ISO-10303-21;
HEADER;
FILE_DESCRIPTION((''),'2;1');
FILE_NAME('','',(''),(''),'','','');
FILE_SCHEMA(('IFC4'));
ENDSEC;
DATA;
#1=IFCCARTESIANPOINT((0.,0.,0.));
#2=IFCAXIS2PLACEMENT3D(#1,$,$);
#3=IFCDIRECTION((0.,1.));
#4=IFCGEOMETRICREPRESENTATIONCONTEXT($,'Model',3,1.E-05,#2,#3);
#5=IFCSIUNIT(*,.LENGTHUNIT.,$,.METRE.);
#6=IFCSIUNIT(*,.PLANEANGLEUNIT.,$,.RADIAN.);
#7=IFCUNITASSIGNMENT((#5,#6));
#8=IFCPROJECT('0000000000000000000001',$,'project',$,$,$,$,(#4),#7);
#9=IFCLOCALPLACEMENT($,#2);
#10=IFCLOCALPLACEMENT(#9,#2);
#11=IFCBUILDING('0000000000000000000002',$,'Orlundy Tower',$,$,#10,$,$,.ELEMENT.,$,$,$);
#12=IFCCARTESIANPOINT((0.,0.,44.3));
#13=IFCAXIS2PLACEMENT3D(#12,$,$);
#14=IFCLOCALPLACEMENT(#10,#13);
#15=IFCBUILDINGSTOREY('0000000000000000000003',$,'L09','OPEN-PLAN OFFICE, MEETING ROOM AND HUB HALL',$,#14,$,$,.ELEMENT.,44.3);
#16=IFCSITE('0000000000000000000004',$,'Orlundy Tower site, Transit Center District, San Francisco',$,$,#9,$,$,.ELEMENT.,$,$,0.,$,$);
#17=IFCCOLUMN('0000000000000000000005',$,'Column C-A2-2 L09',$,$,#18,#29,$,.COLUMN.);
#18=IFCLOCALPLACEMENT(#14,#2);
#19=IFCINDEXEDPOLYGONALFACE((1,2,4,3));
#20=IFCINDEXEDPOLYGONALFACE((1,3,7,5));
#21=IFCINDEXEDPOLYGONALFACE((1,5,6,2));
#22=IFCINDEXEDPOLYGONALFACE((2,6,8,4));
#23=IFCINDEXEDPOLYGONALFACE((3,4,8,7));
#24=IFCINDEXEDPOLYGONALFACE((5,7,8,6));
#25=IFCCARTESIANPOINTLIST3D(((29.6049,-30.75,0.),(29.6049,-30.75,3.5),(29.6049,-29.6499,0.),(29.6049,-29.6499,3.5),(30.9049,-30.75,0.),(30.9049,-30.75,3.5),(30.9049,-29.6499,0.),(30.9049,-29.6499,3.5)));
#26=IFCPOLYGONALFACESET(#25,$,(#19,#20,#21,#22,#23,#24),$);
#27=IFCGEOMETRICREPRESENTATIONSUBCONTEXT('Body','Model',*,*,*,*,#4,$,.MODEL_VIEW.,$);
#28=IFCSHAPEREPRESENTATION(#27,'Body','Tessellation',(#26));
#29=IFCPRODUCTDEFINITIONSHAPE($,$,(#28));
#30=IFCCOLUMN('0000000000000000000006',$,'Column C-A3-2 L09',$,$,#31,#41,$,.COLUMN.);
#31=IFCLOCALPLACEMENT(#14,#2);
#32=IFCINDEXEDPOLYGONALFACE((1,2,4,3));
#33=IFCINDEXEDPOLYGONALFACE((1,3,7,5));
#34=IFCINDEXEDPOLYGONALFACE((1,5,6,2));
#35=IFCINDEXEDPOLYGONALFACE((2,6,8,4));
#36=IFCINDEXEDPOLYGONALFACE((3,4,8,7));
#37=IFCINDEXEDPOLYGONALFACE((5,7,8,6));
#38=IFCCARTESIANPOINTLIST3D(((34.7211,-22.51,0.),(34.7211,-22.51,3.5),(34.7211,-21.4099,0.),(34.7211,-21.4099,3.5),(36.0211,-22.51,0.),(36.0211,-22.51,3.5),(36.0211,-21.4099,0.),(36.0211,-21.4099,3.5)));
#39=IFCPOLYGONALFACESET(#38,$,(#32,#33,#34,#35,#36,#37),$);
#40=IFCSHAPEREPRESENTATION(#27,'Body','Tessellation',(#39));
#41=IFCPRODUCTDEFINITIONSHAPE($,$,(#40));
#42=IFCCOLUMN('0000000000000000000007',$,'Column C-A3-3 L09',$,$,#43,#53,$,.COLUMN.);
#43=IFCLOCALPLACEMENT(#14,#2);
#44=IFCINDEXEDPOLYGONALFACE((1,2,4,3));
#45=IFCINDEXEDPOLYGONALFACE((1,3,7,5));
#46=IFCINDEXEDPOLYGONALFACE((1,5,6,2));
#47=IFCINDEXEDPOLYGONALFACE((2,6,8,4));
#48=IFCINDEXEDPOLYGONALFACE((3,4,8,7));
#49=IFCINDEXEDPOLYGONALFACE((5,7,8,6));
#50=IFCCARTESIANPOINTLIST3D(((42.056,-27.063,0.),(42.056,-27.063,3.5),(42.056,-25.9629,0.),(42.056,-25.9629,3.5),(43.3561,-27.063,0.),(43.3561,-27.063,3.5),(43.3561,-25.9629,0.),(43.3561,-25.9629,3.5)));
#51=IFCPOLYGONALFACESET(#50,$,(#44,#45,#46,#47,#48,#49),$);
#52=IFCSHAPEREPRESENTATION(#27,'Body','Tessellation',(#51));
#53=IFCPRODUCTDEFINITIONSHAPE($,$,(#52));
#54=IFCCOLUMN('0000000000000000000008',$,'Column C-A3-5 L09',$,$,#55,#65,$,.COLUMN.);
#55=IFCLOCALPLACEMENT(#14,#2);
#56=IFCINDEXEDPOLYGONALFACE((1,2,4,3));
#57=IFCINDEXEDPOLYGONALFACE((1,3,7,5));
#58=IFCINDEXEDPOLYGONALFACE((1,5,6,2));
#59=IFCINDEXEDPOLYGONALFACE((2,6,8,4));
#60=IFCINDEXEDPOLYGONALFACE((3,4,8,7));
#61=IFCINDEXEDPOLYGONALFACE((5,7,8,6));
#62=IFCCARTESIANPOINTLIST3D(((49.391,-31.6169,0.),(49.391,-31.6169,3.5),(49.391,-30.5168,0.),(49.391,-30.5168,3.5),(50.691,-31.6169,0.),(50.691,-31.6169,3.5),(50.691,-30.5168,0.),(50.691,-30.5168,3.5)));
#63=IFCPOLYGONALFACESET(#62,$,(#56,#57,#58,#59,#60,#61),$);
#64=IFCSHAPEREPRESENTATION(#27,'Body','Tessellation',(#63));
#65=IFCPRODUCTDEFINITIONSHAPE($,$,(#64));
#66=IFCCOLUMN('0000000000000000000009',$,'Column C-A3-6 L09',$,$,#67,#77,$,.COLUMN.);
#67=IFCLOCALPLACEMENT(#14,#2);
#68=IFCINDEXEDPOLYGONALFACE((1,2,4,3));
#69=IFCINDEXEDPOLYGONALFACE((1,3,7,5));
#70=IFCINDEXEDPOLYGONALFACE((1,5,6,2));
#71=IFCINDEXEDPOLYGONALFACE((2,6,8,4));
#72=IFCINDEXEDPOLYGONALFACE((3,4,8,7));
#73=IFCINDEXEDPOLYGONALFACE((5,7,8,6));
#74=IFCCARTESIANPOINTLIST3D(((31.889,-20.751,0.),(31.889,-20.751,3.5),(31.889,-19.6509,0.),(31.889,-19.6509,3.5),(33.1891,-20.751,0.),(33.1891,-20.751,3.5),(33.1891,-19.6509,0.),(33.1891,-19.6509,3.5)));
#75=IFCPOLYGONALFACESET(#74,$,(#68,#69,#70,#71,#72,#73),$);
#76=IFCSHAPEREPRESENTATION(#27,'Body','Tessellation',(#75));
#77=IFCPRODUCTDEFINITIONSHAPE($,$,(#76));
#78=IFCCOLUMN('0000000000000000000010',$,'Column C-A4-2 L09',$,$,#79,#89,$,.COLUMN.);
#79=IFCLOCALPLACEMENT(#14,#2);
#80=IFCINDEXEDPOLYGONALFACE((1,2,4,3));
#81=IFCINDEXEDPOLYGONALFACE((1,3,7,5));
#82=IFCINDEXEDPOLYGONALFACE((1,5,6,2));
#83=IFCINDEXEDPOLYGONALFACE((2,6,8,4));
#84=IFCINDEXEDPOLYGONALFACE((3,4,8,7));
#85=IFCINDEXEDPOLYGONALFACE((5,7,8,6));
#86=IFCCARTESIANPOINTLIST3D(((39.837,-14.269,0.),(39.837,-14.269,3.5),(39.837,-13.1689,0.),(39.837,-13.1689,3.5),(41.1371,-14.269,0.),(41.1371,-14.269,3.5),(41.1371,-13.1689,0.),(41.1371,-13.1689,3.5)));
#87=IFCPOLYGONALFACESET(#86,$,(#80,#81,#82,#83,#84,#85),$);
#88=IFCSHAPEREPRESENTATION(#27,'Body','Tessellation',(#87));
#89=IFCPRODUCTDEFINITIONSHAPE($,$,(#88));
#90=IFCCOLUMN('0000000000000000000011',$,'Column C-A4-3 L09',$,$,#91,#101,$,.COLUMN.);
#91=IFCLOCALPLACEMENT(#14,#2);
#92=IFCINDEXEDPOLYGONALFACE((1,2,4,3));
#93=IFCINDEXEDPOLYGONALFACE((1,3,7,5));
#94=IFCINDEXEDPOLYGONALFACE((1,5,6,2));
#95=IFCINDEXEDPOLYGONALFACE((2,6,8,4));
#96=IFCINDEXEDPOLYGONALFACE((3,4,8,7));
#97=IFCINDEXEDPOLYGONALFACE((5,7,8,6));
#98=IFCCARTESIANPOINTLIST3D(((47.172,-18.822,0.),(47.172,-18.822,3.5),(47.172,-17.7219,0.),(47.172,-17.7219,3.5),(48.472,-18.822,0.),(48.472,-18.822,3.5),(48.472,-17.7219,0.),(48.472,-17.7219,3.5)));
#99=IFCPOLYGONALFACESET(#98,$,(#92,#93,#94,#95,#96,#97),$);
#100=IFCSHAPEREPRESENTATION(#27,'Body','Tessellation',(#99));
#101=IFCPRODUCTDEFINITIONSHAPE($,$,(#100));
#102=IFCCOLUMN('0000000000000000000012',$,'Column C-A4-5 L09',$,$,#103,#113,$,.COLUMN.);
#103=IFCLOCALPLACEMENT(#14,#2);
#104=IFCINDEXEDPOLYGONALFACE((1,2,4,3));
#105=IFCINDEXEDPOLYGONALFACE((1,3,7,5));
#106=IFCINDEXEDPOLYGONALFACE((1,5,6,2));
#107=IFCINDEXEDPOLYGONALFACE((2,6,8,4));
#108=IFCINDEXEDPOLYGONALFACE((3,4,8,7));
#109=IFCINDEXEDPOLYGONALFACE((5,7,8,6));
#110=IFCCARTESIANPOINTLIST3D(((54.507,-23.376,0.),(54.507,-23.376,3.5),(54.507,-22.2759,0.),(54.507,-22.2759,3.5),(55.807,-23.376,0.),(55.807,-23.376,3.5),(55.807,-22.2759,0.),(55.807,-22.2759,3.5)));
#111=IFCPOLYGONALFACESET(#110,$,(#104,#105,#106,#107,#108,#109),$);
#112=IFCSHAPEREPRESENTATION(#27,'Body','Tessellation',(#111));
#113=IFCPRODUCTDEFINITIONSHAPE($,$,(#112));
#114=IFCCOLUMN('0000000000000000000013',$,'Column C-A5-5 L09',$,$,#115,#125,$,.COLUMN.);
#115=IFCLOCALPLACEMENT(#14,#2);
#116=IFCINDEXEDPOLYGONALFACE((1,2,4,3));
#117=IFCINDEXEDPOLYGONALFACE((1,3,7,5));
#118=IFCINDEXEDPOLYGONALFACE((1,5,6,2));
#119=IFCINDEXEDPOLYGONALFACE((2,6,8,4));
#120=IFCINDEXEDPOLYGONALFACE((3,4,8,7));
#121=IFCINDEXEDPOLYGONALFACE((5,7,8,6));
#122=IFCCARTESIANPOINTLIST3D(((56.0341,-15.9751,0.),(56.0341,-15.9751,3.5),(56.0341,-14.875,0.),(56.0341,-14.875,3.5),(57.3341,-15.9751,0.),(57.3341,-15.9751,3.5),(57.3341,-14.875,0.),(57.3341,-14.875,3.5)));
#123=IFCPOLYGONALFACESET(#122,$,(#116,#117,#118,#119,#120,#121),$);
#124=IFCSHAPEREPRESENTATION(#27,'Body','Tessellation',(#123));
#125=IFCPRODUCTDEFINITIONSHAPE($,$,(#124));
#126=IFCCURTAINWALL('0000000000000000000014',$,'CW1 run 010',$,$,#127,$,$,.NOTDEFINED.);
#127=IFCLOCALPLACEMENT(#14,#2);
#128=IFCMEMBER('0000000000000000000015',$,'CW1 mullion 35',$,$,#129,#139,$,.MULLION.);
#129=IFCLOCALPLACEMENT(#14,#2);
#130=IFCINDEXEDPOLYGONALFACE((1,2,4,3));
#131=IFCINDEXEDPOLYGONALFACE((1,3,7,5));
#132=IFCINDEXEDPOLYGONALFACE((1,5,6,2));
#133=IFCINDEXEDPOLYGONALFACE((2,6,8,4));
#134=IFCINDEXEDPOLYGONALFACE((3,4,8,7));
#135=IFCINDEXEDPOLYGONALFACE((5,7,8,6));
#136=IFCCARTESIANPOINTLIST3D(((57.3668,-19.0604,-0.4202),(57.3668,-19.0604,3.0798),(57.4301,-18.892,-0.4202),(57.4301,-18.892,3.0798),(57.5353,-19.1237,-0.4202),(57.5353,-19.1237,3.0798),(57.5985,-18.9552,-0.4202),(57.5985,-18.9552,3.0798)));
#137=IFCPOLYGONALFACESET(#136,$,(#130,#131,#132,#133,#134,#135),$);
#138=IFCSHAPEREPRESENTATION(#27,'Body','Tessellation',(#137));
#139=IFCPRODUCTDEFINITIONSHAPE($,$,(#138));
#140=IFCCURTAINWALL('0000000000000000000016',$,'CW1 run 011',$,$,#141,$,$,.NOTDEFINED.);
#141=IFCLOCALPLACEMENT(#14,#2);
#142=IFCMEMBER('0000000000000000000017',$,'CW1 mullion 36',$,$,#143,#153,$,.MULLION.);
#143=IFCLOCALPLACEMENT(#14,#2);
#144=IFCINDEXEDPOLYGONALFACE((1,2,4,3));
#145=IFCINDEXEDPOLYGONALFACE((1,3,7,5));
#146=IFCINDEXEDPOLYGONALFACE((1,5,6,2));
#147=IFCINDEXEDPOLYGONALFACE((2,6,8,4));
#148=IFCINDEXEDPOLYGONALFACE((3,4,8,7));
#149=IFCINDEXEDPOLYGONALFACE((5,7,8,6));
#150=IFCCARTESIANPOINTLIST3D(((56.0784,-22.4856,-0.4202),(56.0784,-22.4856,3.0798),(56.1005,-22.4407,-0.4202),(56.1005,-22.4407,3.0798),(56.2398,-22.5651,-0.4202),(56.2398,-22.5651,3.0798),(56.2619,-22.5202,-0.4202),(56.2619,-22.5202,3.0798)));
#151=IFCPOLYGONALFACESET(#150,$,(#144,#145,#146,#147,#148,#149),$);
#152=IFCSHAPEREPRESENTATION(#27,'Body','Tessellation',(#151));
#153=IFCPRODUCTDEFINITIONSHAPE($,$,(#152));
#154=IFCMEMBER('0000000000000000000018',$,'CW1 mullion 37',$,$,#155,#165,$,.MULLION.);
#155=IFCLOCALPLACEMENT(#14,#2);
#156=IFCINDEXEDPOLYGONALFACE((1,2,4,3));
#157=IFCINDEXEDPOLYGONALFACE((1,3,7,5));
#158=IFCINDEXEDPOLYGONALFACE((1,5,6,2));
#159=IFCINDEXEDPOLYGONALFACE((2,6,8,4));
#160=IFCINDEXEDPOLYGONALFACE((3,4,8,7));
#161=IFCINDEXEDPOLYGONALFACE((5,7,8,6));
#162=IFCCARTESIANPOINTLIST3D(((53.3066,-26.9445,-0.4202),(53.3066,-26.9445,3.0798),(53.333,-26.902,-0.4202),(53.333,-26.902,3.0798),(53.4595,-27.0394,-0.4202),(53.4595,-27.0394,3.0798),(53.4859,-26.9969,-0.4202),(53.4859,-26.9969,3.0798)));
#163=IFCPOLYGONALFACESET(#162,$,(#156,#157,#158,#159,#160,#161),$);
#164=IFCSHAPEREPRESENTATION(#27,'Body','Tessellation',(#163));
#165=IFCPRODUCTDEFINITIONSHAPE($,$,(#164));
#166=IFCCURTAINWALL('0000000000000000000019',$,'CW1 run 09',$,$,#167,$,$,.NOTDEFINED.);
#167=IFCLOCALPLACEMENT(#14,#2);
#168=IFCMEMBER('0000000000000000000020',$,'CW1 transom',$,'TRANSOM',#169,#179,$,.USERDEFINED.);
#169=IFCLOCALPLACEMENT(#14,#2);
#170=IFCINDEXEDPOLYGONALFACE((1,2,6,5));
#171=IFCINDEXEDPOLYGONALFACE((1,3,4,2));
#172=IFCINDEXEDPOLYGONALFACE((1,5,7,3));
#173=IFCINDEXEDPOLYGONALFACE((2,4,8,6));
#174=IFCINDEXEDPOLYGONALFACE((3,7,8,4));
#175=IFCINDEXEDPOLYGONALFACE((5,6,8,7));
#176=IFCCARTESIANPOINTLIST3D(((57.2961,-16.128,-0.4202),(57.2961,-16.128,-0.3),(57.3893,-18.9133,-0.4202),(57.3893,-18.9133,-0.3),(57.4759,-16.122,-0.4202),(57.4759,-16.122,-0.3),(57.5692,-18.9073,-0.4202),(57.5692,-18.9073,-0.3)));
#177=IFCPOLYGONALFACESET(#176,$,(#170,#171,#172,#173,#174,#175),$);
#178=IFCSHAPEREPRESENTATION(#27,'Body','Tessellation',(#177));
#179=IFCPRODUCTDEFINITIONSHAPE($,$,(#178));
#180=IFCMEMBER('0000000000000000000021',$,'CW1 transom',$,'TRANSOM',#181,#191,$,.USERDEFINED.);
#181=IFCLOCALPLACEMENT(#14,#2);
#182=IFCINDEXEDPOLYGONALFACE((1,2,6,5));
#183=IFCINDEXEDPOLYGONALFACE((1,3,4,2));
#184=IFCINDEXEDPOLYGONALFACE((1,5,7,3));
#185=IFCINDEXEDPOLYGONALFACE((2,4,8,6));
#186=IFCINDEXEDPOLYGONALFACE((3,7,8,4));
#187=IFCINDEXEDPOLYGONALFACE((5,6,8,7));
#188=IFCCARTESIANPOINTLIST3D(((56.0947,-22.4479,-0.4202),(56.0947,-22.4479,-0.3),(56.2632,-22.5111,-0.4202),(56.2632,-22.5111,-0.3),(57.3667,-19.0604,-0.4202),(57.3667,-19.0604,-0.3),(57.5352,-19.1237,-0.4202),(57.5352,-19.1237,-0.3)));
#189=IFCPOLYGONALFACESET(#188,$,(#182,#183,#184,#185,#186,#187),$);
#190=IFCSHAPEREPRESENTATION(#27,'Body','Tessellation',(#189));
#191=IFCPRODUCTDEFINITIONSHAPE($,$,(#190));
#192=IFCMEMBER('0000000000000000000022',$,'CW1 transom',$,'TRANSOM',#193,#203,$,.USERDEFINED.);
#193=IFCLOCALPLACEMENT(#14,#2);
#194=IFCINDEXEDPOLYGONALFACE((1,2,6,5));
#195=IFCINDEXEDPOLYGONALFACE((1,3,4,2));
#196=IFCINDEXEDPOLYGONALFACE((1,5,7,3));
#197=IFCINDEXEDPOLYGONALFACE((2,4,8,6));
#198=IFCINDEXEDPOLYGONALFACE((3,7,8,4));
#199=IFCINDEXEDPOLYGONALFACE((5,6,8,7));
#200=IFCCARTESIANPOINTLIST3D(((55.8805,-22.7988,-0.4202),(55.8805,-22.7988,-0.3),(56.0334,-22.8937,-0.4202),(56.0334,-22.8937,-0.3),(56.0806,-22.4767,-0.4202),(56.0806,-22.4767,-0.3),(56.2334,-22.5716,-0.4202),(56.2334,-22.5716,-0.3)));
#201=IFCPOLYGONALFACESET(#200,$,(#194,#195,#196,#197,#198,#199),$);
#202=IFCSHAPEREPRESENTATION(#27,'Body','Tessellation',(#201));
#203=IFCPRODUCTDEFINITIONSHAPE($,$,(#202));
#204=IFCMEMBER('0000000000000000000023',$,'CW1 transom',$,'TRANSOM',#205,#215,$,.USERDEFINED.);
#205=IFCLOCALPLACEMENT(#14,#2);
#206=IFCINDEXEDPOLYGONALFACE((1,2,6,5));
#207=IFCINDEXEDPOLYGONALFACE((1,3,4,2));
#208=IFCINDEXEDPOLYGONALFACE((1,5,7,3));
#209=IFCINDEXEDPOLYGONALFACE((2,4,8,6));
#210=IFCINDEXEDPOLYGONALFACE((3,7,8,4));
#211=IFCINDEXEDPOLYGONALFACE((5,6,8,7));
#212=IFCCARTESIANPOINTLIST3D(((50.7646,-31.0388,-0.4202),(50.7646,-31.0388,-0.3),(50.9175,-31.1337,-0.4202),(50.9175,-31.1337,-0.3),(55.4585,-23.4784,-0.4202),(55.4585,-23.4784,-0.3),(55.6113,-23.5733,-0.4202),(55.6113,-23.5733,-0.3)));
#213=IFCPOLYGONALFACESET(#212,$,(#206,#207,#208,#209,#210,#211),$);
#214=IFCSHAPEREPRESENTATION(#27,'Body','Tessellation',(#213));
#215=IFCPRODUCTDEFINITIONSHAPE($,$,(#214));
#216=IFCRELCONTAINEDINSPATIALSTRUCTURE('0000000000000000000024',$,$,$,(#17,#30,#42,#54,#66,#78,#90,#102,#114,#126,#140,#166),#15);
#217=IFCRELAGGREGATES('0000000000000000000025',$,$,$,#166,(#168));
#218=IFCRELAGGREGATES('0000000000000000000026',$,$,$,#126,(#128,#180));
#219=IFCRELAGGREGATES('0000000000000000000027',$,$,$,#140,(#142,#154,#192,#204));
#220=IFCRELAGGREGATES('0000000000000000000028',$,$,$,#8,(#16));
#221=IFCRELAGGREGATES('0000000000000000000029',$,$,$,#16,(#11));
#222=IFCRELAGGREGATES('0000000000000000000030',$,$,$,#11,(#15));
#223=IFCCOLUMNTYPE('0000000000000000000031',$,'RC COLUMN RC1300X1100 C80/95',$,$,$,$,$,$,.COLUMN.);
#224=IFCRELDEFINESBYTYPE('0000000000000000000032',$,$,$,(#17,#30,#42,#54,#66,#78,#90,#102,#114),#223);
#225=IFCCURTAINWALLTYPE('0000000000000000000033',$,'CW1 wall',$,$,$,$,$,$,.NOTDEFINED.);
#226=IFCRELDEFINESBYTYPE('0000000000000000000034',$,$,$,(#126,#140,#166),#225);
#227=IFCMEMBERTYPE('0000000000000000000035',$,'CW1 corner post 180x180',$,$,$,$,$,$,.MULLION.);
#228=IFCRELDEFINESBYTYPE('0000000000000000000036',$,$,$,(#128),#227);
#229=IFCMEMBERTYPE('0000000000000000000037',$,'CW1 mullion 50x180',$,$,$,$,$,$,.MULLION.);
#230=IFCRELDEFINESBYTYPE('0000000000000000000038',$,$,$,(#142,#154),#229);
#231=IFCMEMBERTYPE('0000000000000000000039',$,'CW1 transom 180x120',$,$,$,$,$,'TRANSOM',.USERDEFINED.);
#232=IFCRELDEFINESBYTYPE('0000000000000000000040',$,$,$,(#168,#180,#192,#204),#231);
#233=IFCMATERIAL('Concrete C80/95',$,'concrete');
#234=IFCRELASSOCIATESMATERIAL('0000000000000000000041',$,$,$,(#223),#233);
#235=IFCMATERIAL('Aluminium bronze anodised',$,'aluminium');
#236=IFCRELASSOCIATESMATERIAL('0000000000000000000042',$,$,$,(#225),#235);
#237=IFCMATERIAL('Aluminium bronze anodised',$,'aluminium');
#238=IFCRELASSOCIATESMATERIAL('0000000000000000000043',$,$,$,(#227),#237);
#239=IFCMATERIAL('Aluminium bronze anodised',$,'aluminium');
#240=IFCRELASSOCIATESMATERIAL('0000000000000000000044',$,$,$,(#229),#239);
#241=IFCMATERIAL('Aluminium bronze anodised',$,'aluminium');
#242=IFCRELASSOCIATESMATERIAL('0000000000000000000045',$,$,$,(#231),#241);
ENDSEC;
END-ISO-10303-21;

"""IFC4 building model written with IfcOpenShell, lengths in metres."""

from ifc_helpers import new_model, si_unit, direction, frame, origin, origin_2d, place, context, subcontext, project, spatial, rectangle, extrude, material, material_profile, profile_set, type_object, element, aggregate, save


model = new_model("IFC4")

# Units and contexts
model_context = context("Model", 3, precision=1e-05, world=origin(), true_north=direction((0.0, 1.0)))
body_context = subcontext(model_context, "Body", "Model", "MODEL_VIEW")
ifc_project = project(units=[si_unit("LENGTHUNIT", "METRE"), si_unit("PLANEANGLEUNIT", "RADIAN")], contexts=[model_context])

# Site, building, storey
site_placement = place(None, origin())
site = spatial("IfcSite", under=ifc_project, at=site_placement, Name="Orlundy Tower site, Transit Center District, San Francisco", CompositionType="ELEMENT", RefElevation=0.0)
building_placement = place(site_placement, origin())
building = spatial("IfcBuilding", under=site, at=building_placement, Name="Orlundy Tower", CompositionType="ELEMENT")
storey_placement = place(building_placement, frame((0.0, 0.0, 44.3)))
storey = spatial("IfcBuildingStorey", under=building, at=storey_placement, Name="L09", Description="OPEN-PLAN OFFICE, MEETING ROOM AND HUB HALL", CompositionType="ELEMENT", Elevation=44.3)

# Columns
ifc_material_1 = material(Name="Concrete C80/95", Category="concrete")
ifc_material_profile_1 = material_profile(ifc_material_1, rectangle(XDim=1.3, YDim=1.1001, at=origin_2d()), Name="RC1300X1100")
ifc_profile_set_1 = profile_set([ifc_material_profile_1], Name="Concrete C80/95")
column_type = type_object("IfcColumnType", Name="RC COLUMN RC1300X1100 C80/95", PredefinedType="COLUMN", material=ifc_profile_set_1)
for number, where, z_axis, x_axis, name in (
    (1, (30.2549, -30.2, 0.0), (0.0, 0.0, 1.0), (1.0, 0.0, 0.0), "Column C-A2-2 L09"),
    (2, (35.3711, -21.96, 0.0), (0.0, 0.0, 1.0), (1.0, 0.0, 0.0), "Column C-A3-2 L09"),
    (3, (42.7061, -26.5129, 0.0), (0.0, 0.0, 1.0), (1.0, 0.0, 0.0), "Column C-A3-3 L09"),
    (4, (50.041, -31.0669, 0.0), (0.0, 0.0, 1.0), (1.0, 0.0, 0.0), "Column C-A3-5 L09"),
    (5, (32.5391, -20.2009, 0.0), (0.0, 0.0, 1.0), (1.0, 0.0, 0.0), "Column C-A3-6 L09"),
    (6, (40.4871, -13.719, 0.0), (0.0, 0.0, 1.0), (1.0, 0.0, 0.0), "Column C-A4-2 L09"),
    (7, (47.822, -18.272, 0.0), (0.0, 0.0, 1.0), (1.0, 0.0, 0.0), "Column C-A4-3 L09"),
    (8, (55.157, -22.8259, 0.0), (0.0, 0.0, 1.0), (1.0, 0.0, 0.0), "Column C-A4-5 L09"),
    (9, (56.6841, -15.425, 0.0), (0.0, 0.0, 1.0), (1.0, 0.0, 0.0), "Column C-A5-5 L09"),
):
    element("IfcColumn", number, at=place(storey_placement, frame(where, z_axis=z_axis, x_axis=x_axis)), inside=storey, type_object=column_type, Name=name, PredefinedType="COLUMN", context=body_context, shape_type="SweptSolid", body=[
        extrude(rectangle(XDim=1.3, YDim=1.1001, at=origin_2d()), origin(), (0.0, 0.0, 1.0), 3.5),
    ])

# Curtain wall, member
ifc_material_2 = material(Name="Aluminium bronze anodised", Category="aluminium")
curtain_wall_type = type_object("IfcCurtainWallType", Name="CW1 wall", PredefinedType="NOTDEFINED", material=ifc_material_2)
curtain_wall_1_placement = place(storey_placement, origin())
curtain_wall_1 = element("IfcCurtainWall", 10, at=curtain_wall_1_placement, inside=storey, type_object=curtain_wall_type, Name="CW1 run 010", PredefinedType="NOTDEFINED")
ifc_material_3 = material(Name="Aluminium bronze anodised", Category="aluminium")
ifc_material_profile_2 = material_profile(ifc_material_3, rectangle(XDim=0.1799, YDim=0.1799, at=origin_2d()), Name="CW1 corner post 180x180")
ifc_profile_set_2 = profile_set([ifc_material_profile_2], Name="Aluminium bronze anodised")
member_type_1 = type_object("IfcMemberType", Name="CW1 corner post 180x180", PredefinedType="MULLION", material=ifc_profile_set_2)
member_1_placement = place(storey_placement, frame((57.4827, -19.0078, -0.4202), z_axis=(0.0, 0.0, 1.0), x_axis=(0.936174, -0.351537, 0.0)))
member_1 = element("IfcMember", 11, at=member_1_placement, type_object=member_type_1, Name="CW1 mullion 35", PredefinedType="MULLION", context=body_context, shape_type="SweptSolid", body=[
    extrude(rectangle(XDim=0.1799, YDim=0.1799, at=origin_2d()), origin(), (0.0, 0.0, 1.0), 3.5),
])

# Curtain wall, members
curtain_wall_2_placement = place(storey_placement, origin())
curtain_wall_2 = element("IfcCurtainWall", 12, at=curtain_wall_2_placement, inside=storey, type_object=curtain_wall_type, Name="CW1 run 011", PredefinedType="NOTDEFINED")
ifc_material_4 = material(Name="Aluminium bronze anodised", Category="aluminium")
ifc_material_profile_3 = material_profile(ifc_material_4, rectangle(XDim=0.1799, YDim=0.05, at=origin_2d()), Name="CW1 mullion 50x180")
ifc_profile_set_3 = profile_set([ifc_material_profile_3], Name="Aluminium bronze anodised")
member_type_2 = type_object("IfcMemberType", Name="CW1 mullion 50x180", PredefinedType="MULLION", material=ifc_profile_set_3)
member_2_placement = place(storey_placement, frame((56.1702, -22.5029, -0.4202), z_axis=(0.0, 0.0, 1.0), x_axis=(0.897195, -0.441634, 0.0)))
member_2 = element("IfcMember", 13, at=member_2_placement, type_object=member_type_2, Name="CW1 mullion 36", PredefinedType="MULLION", context=body_context, shape_type="SweptSolid", body=[
    extrude(rectangle(XDim=0.1799, YDim=0.05, at=origin_2d()), origin(), (0.0, 0.0, 1.0), 3.5),
])
member_3_placement = place(storey_placement, frame((53.3962, -26.9707, -0.4202), z_axis=(0.0, 0.0, 1.0), x_axis=(0.84957, -0.527475, 0.0)))
member_3 = element("IfcMember", 14, at=member_3_placement, type_object=member_type_2, Name="CW1 mullion 37", PredefinedType="MULLION", context=body_context, shape_type="SweptSolid", body=[
    extrude(rectangle(XDim=0.1799, YDim=0.05, at=origin_2d()), origin(), (0.0, 0.0, 1.0), 3.5),
])

# Curtain wall, member
curtain_wall_3_placement = place(storey_placement, origin())
curtain_wall_3 = element("IfcCurtainWall", 15, at=curtain_wall_3_placement, inside=storey, type_object=curtain_wall_type, Name="CW1 run 09", PredefinedType="NOTDEFINED")
ifc_material_5 = material(Name="Aluminium bronze anodised", Category="aluminium")
ifc_material_profile_4 = material_profile(ifc_material_5, rectangle(XDim=0.1799, YDim=0.1201, at=origin_2d()), Name="CW1 transom 180x120")
ifc_profile_set_4 = profile_set([ifc_material_profile_4], Name="Aluminium bronze anodised")
member_type_3 = type_object("IfcMemberType", Name="CW1 transom 180x120", ElementType="TRANSOM", PredefinedType="USERDEFINED", material=ifc_profile_set_4)
member_4_placement = place(storey_placement, frame((57.386, -16.125, -0.3601), z_axis=(0.033464, -0.99944, 0.0), x_axis=(0.99944, 0.033464, 0.0)))
member_4 = element("IfcMember", 16, at=member_4_placement, type_object=member_type_3, Name="CW1 transom", ObjectType="TRANSOM", PredefinedType="USERDEFINED", context=body_context, shape_type="SweptSolid", body=[
    extrude(rectangle(XDim=0.1799, YDim=0.1201, at=origin_2d()), origin(), (0.0, 0.0, 1.0), 2.7869),
])

# Members
member_5_placement = place(storey_placement, frame((57.4509, -19.092, -0.3601), z_axis=(-0.35153, -0.936177, 0.0), x_axis=(0.936177, -0.35153, 0.0)))
member_5 = element("IfcMember", 17, at=member_5_placement, type_object=member_type_3, Name="CW1 transom", ObjectType="TRANSOM", PredefinedType="USERDEFINED", context=body_context, shape_type="SweptSolid", body=[
    extrude(rectangle(XDim=0.1799, YDim=0.1201, at=origin_2d()), origin(), (0.0, 0.0, 1.0), 3.6184),
])
member_6_placement = place(storey_placement, frame((56.157, -22.5242, -0.3601), z_axis=(-0.527507, -0.849551, 0.0), x_axis=(0.849551, -0.527507, 0.0)))
member_6 = element("IfcMember", 18, at=member_6_placement, type_object=member_type_3, Name="CW1 transom", ObjectType="TRANSOM", PredefinedType="USERDEFINED", context=body_context, shape_type="SweptSolid", body=[
    extrude(rectangle(XDim=0.1799, YDim=0.1201, at=origin_2d()), origin(), (0.0, 0.0, 1.0), 0.3792),
])
member_7_placement = place(storey_placement, frame((55.5349, -23.5259, -0.3601), z_axis=(-0.527464, -0.849577, 0.0), x_axis=(0.849577, -0.527464, 0.0)))
member_7 = element("IfcMember", 19, at=member_7_placement, type_object=member_type_3, Name="CW1 transom", ObjectType="TRANSOM", PredefinedType="USERDEFINED", context=body_context, shape_type="SweptSolid", body=[
    extrude(rectangle(XDim=0.1799, YDim=0.1201, at=origin_2d()), origin(), (0.0, 0.0, 1.0), 8.8989),
])

aggregate(curtain_wall_3, [member_4])
aggregate(curtain_wall_1, [member_1, member_5])
aggregate(curtain_wall_2, [member_2, member_3, member_6, member_7])

save(model, "model.ifc")
